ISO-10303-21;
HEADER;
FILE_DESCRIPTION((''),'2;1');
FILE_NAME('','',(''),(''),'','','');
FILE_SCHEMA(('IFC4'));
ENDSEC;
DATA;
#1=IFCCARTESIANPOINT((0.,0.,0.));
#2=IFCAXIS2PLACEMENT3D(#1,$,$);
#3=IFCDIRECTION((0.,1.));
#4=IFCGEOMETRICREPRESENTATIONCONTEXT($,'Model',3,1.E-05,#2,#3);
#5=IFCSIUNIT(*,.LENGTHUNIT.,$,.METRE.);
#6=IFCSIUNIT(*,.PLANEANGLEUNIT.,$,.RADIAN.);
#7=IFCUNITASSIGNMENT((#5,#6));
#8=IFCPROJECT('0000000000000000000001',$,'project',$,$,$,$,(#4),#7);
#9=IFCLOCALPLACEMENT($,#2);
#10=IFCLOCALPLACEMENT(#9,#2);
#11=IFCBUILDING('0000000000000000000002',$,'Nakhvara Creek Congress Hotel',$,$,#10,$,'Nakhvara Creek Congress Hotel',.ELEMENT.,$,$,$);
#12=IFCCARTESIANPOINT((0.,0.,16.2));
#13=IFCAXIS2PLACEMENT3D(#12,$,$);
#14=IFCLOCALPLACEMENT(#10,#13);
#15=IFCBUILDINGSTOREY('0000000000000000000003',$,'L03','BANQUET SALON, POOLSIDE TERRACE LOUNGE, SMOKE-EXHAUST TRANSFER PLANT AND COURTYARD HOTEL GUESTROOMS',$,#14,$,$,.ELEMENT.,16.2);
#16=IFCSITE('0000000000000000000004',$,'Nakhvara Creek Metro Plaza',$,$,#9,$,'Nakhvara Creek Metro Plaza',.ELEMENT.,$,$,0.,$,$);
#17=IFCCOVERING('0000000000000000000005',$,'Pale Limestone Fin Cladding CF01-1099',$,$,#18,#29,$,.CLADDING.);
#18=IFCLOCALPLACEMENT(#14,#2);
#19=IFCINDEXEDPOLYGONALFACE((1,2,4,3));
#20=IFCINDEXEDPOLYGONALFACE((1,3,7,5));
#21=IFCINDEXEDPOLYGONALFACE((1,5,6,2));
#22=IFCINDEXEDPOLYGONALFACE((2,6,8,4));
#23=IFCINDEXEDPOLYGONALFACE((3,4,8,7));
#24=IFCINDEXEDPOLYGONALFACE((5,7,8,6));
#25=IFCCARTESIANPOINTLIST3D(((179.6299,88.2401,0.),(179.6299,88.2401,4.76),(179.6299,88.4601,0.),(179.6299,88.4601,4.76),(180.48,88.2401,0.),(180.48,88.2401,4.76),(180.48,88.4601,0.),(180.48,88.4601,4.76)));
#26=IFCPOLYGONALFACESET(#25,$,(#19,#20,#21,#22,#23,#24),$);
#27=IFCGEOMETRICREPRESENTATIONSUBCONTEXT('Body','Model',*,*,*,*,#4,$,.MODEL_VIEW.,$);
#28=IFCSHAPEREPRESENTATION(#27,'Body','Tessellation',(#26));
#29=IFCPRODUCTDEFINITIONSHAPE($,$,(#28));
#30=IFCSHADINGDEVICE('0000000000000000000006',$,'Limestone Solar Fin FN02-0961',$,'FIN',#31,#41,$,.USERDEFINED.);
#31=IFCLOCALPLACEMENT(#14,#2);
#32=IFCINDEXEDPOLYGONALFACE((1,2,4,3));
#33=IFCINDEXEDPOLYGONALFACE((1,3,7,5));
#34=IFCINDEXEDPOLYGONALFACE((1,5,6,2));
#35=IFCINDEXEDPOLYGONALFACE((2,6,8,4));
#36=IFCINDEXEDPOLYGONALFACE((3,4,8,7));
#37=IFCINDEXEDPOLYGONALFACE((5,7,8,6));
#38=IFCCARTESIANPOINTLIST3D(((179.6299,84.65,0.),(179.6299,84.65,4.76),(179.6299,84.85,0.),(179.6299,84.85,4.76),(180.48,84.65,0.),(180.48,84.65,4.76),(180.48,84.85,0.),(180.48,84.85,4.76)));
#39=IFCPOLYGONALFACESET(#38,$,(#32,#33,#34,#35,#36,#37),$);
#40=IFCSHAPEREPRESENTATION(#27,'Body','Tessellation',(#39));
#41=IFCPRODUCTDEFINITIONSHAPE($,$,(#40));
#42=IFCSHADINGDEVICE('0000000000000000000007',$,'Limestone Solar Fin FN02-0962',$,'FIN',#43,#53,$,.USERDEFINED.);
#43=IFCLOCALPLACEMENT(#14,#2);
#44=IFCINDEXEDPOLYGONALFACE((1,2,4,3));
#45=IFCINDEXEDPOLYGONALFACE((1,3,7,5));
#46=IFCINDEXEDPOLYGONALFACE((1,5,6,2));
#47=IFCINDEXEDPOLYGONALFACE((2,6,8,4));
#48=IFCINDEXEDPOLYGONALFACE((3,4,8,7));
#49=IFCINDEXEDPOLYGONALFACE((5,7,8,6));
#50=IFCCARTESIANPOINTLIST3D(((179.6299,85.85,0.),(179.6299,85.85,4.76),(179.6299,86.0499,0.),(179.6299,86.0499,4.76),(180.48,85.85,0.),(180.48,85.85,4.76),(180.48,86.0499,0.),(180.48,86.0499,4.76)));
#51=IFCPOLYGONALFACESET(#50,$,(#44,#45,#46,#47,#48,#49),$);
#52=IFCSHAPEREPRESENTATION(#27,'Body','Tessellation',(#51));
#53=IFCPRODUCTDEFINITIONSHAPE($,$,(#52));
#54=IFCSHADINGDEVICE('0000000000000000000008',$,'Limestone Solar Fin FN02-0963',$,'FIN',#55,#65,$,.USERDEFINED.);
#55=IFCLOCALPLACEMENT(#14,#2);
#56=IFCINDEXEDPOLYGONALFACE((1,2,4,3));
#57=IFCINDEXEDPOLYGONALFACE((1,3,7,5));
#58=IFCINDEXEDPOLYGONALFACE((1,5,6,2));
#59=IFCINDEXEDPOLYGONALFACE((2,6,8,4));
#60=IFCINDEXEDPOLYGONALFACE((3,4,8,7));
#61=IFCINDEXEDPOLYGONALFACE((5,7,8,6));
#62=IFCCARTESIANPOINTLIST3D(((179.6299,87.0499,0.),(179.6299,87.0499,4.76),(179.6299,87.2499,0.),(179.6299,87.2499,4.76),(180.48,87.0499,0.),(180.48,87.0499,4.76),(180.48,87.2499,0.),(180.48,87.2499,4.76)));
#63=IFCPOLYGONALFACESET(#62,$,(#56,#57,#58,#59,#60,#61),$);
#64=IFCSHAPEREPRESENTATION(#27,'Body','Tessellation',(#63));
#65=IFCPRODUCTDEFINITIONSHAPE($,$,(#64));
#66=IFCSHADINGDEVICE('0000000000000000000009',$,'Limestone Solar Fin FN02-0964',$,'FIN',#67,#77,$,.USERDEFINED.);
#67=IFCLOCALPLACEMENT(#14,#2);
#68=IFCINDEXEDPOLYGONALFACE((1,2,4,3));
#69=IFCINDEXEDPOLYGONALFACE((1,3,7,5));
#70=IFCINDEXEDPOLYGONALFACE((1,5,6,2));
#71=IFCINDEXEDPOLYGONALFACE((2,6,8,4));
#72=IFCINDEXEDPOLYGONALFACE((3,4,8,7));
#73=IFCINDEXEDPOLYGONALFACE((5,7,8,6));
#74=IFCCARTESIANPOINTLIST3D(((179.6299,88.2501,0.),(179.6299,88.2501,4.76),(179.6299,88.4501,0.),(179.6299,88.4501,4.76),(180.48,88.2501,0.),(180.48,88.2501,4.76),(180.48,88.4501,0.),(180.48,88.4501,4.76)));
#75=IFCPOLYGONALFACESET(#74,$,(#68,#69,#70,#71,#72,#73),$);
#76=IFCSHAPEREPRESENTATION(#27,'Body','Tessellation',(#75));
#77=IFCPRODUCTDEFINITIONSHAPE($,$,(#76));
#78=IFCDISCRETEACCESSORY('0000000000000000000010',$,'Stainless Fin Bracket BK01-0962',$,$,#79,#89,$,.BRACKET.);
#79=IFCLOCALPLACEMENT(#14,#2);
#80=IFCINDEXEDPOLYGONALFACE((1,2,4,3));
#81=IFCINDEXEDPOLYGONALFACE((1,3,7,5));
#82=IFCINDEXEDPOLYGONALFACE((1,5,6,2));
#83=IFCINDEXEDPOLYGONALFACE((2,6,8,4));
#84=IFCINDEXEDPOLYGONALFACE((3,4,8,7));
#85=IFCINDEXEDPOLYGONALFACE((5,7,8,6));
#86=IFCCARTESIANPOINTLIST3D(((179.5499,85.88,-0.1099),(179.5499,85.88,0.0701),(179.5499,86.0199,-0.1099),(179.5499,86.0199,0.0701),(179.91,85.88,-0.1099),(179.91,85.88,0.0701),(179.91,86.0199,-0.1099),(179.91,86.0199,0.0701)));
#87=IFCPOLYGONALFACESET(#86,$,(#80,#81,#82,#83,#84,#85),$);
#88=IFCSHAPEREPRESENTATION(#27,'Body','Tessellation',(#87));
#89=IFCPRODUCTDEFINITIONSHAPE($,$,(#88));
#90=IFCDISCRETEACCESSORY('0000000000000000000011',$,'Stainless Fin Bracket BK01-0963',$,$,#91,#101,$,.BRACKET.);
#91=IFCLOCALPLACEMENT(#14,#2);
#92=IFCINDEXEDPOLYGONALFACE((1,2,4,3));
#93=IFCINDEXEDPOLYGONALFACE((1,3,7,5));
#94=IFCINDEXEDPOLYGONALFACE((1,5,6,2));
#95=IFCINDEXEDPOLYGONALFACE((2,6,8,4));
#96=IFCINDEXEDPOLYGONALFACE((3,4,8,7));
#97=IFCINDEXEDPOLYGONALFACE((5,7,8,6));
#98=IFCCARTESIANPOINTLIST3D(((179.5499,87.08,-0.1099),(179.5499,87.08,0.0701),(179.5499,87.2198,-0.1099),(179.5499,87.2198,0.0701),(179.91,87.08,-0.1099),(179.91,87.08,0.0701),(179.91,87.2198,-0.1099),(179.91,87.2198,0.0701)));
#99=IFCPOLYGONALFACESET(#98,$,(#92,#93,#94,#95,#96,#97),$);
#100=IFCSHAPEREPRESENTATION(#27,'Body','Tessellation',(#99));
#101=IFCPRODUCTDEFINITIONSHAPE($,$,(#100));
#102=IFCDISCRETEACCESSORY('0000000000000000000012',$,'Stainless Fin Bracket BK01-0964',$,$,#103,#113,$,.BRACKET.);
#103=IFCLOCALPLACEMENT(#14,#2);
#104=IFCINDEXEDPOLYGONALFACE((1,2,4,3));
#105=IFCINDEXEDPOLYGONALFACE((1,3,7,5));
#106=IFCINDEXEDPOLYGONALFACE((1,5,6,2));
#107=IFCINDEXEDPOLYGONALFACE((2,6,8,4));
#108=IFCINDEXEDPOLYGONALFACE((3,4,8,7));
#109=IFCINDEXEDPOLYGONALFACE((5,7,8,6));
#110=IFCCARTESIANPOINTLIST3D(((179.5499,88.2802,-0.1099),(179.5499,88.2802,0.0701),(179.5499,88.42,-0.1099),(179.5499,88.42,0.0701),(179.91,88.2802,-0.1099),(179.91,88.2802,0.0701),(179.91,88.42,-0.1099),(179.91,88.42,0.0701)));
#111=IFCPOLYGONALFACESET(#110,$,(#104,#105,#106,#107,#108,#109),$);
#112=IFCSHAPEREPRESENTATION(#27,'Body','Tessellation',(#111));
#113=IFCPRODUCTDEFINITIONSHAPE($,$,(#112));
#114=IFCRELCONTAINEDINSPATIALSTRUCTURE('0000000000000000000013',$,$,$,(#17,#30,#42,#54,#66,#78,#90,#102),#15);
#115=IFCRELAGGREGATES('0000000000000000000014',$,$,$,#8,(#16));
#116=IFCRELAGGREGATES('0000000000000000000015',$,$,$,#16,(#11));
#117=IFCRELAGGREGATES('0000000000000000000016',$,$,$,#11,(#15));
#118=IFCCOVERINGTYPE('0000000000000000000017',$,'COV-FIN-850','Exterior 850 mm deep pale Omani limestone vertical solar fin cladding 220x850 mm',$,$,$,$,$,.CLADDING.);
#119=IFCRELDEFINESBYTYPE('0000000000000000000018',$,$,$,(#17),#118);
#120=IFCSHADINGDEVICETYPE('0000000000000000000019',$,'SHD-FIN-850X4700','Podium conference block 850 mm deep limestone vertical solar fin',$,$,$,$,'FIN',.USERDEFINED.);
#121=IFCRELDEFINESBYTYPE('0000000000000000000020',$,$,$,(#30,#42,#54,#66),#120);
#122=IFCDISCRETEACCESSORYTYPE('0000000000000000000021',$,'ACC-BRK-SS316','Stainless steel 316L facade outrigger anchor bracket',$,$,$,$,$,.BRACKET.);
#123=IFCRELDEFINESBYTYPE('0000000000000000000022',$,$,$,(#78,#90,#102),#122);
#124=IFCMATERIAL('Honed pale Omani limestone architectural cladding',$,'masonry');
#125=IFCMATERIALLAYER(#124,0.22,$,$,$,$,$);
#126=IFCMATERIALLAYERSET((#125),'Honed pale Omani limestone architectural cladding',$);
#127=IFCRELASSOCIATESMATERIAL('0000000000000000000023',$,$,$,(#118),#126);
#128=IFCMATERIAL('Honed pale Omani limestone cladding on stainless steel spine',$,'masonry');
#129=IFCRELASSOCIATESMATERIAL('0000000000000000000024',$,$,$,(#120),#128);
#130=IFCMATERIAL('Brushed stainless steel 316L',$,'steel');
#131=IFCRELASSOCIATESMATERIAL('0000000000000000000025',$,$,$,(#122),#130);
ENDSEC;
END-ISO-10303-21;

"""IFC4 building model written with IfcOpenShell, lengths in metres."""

from ifc_helpers import new_model, si_unit, direction, frame, origin, origin_2d, place, context, subcontext, project, spatial, rectangle, extrude, material, layer, layer_set, type_object, element, save


model = new_model("IFC4")

# Units and contexts
model_context = context("Model", 3, precision=1e-05, world=origin(), true_north=direction((0.0, 1.0)))
body_context = subcontext(model_context, "Body", "Model", "MODEL_VIEW")
ifc_project = project(units=[si_unit("LENGTHUNIT", "METRE"), si_unit("PLANEANGLEUNIT", "RADIAN")], contexts=[model_context])

# Site, building, storey
site_placement = place(None, origin())
site = spatial("IfcSite", under=ifc_project, at=site_placement, Name="Nakhvara Creek Metro Plaza", LongName="Nakhvara Creek Metro Plaza", CompositionType="ELEMENT", RefElevation=0.0)
building_placement = place(site_placement, origin())
building = spatial("IfcBuilding", under=site, at=building_placement, Name="Nakhvara Creek Congress Hotel", LongName="Nakhvara Creek Congress Hotel", CompositionType="ELEMENT")
storey_placement = place(building_placement, frame((0.0, 0.0, 16.2)))
storey = spatial("IfcBuildingStorey", under=building, at=storey_placement, Name="L03", Description="BANQUET SALON, POOLSIDE TERRACE LOUNGE, SMOKE-EXHAUST TRANSFER PLANT AND COURTYARD HOTEL GUESTROOMS", CompositionType="ELEMENT", Elevation=16.2)

# Covering
ifc_material_1 = material(Name="Honed pale Omani limestone architectural cladding", Category="masonry")
ifc_layer_1 = layer(ifc_material_1, 0.22)
ifc_layer_set_1 = layer_set([ifc_layer_1], Name="Honed pale Omani limestone architectural cladding")
covering_type = type_object("IfcCoveringType", Name="COV-FIN-850", Description="Exterior 850 mm deep pale Omani limestone vertical solar fin cladding 220x850 mm", PredefinedType="CLADDING", material=ifc_layer_set_1)
for number, where, z_axis, x_axis, name in (
    (1, (180.0549, 88.3501, 0.0), (0.0, 0.0, 1.0), (0.0, 1.0, 0.0), "Pale Limestone Fin Cladding CF01-1099"),
):
    element("IfcCovering", number, at=place(storey_placement, frame(where, z_axis=z_axis, x_axis=x_axis)), inside=storey, type_object=covering_type, Name=name, PredefinedType="CLADDING", context=body_context, shape_type="SweptSolid", body=[
        extrude(rectangle(XDim=0.22, YDim=0.8501, at=origin_2d()), origin(), (0.0, 0.0, 1.0), 4.76),
    ])

# Shading devices
ifc_material_2 = material(Name="Honed pale Omani limestone cladding on stainless steel spine", Category="masonry")
shading_device_type = type_object("IfcShadingDeviceType", Name="SHD-FIN-850X4700", Description="Podium conference block 850 mm deep limestone vertical solar fin", ElementType="FIN", PredefinedType="USERDEFINED", material=ifc_material_2)
for number, where, z_axis, x_axis, name in (
    (2, (180.0549, 84.75, 0.0), (0.0, 0.0, 1.0), (0.0, 1.0, 0.0), "Limestone Solar Fin FN02-0961"),
    (3, (180.0549, 85.95, 0.0), (0.0, 0.0, 1.0), (0.0, 1.0, 0.0), "Limestone Solar Fin FN02-0962"),
    (4, (180.0549, 87.1499, 0.0), (0.0, 0.0, 1.0), (0.0, 1.0, 0.0), "Limestone Solar Fin FN02-0963"),
    (5, (180.0549, 88.3501, 0.0), (0.0, 0.0, 1.0), (0.0, 1.0, 0.0), "Limestone Solar Fin FN02-0964"),
):
    element("IfcShadingDevice", number, at=place(storey_placement, frame(where, z_axis=z_axis, x_axis=x_axis)), inside=storey, type_object=shading_device_type, Name=name, ObjectType="FIN", PredefinedType="USERDEFINED", context=body_context, shape_type="SweptSolid", body=[
        extrude(rectangle(XDim=0.2, YDim=0.8501, at=origin_2d()), origin(), (0.0, 0.0, 1.0), 4.76),
    ])

# Discrete accessories
ifc_material_3 = material(Name="Brushed stainless steel 316L", Category="steel")
discrete_accessory_type = type_object("IfcDiscreteAccessoryType", Name="ACC-BRK-SS316", Description="Stainless steel 316L facade outrigger anchor bracket", PredefinedType="BRACKET", material=ifc_material_3)
for number, where, z_axis, x_axis, name in (
    (6, (179.73, 85.95, -0.1099), (0.0, 0.0, 1.0), (0.0, 1.0, 0.0), "Stainless Fin Bracket BK01-0962"),
    (7, (179.73, 87.1499, -0.1099), (0.0, 0.0, 1.0), (0.0, 1.0, 0.0), "Stainless Fin Bracket BK01-0963"),
    (8, (179.73, 88.3501, -0.1099), (0.0, 0.0, 1.0), (0.0, 1.0, 0.0), "Stainless Fin Bracket BK01-0964"),
):
    element("IfcDiscreteAccessory", number, at=place(storey_placement, frame(where, z_axis=z_axis, x_axis=x_axis)), inside=storey, type_object=discrete_accessory_type, Name=name, PredefinedType="BRACKET", context=body_context, shape_type="SweptSolid", body=[
        extrude(rectangle(XDim=0.1399, YDim=0.3601, at=origin_2d()), origin(), (0.0, 0.0, 1.0), 0.1799),
    ])

save(model, "model.ifc")
